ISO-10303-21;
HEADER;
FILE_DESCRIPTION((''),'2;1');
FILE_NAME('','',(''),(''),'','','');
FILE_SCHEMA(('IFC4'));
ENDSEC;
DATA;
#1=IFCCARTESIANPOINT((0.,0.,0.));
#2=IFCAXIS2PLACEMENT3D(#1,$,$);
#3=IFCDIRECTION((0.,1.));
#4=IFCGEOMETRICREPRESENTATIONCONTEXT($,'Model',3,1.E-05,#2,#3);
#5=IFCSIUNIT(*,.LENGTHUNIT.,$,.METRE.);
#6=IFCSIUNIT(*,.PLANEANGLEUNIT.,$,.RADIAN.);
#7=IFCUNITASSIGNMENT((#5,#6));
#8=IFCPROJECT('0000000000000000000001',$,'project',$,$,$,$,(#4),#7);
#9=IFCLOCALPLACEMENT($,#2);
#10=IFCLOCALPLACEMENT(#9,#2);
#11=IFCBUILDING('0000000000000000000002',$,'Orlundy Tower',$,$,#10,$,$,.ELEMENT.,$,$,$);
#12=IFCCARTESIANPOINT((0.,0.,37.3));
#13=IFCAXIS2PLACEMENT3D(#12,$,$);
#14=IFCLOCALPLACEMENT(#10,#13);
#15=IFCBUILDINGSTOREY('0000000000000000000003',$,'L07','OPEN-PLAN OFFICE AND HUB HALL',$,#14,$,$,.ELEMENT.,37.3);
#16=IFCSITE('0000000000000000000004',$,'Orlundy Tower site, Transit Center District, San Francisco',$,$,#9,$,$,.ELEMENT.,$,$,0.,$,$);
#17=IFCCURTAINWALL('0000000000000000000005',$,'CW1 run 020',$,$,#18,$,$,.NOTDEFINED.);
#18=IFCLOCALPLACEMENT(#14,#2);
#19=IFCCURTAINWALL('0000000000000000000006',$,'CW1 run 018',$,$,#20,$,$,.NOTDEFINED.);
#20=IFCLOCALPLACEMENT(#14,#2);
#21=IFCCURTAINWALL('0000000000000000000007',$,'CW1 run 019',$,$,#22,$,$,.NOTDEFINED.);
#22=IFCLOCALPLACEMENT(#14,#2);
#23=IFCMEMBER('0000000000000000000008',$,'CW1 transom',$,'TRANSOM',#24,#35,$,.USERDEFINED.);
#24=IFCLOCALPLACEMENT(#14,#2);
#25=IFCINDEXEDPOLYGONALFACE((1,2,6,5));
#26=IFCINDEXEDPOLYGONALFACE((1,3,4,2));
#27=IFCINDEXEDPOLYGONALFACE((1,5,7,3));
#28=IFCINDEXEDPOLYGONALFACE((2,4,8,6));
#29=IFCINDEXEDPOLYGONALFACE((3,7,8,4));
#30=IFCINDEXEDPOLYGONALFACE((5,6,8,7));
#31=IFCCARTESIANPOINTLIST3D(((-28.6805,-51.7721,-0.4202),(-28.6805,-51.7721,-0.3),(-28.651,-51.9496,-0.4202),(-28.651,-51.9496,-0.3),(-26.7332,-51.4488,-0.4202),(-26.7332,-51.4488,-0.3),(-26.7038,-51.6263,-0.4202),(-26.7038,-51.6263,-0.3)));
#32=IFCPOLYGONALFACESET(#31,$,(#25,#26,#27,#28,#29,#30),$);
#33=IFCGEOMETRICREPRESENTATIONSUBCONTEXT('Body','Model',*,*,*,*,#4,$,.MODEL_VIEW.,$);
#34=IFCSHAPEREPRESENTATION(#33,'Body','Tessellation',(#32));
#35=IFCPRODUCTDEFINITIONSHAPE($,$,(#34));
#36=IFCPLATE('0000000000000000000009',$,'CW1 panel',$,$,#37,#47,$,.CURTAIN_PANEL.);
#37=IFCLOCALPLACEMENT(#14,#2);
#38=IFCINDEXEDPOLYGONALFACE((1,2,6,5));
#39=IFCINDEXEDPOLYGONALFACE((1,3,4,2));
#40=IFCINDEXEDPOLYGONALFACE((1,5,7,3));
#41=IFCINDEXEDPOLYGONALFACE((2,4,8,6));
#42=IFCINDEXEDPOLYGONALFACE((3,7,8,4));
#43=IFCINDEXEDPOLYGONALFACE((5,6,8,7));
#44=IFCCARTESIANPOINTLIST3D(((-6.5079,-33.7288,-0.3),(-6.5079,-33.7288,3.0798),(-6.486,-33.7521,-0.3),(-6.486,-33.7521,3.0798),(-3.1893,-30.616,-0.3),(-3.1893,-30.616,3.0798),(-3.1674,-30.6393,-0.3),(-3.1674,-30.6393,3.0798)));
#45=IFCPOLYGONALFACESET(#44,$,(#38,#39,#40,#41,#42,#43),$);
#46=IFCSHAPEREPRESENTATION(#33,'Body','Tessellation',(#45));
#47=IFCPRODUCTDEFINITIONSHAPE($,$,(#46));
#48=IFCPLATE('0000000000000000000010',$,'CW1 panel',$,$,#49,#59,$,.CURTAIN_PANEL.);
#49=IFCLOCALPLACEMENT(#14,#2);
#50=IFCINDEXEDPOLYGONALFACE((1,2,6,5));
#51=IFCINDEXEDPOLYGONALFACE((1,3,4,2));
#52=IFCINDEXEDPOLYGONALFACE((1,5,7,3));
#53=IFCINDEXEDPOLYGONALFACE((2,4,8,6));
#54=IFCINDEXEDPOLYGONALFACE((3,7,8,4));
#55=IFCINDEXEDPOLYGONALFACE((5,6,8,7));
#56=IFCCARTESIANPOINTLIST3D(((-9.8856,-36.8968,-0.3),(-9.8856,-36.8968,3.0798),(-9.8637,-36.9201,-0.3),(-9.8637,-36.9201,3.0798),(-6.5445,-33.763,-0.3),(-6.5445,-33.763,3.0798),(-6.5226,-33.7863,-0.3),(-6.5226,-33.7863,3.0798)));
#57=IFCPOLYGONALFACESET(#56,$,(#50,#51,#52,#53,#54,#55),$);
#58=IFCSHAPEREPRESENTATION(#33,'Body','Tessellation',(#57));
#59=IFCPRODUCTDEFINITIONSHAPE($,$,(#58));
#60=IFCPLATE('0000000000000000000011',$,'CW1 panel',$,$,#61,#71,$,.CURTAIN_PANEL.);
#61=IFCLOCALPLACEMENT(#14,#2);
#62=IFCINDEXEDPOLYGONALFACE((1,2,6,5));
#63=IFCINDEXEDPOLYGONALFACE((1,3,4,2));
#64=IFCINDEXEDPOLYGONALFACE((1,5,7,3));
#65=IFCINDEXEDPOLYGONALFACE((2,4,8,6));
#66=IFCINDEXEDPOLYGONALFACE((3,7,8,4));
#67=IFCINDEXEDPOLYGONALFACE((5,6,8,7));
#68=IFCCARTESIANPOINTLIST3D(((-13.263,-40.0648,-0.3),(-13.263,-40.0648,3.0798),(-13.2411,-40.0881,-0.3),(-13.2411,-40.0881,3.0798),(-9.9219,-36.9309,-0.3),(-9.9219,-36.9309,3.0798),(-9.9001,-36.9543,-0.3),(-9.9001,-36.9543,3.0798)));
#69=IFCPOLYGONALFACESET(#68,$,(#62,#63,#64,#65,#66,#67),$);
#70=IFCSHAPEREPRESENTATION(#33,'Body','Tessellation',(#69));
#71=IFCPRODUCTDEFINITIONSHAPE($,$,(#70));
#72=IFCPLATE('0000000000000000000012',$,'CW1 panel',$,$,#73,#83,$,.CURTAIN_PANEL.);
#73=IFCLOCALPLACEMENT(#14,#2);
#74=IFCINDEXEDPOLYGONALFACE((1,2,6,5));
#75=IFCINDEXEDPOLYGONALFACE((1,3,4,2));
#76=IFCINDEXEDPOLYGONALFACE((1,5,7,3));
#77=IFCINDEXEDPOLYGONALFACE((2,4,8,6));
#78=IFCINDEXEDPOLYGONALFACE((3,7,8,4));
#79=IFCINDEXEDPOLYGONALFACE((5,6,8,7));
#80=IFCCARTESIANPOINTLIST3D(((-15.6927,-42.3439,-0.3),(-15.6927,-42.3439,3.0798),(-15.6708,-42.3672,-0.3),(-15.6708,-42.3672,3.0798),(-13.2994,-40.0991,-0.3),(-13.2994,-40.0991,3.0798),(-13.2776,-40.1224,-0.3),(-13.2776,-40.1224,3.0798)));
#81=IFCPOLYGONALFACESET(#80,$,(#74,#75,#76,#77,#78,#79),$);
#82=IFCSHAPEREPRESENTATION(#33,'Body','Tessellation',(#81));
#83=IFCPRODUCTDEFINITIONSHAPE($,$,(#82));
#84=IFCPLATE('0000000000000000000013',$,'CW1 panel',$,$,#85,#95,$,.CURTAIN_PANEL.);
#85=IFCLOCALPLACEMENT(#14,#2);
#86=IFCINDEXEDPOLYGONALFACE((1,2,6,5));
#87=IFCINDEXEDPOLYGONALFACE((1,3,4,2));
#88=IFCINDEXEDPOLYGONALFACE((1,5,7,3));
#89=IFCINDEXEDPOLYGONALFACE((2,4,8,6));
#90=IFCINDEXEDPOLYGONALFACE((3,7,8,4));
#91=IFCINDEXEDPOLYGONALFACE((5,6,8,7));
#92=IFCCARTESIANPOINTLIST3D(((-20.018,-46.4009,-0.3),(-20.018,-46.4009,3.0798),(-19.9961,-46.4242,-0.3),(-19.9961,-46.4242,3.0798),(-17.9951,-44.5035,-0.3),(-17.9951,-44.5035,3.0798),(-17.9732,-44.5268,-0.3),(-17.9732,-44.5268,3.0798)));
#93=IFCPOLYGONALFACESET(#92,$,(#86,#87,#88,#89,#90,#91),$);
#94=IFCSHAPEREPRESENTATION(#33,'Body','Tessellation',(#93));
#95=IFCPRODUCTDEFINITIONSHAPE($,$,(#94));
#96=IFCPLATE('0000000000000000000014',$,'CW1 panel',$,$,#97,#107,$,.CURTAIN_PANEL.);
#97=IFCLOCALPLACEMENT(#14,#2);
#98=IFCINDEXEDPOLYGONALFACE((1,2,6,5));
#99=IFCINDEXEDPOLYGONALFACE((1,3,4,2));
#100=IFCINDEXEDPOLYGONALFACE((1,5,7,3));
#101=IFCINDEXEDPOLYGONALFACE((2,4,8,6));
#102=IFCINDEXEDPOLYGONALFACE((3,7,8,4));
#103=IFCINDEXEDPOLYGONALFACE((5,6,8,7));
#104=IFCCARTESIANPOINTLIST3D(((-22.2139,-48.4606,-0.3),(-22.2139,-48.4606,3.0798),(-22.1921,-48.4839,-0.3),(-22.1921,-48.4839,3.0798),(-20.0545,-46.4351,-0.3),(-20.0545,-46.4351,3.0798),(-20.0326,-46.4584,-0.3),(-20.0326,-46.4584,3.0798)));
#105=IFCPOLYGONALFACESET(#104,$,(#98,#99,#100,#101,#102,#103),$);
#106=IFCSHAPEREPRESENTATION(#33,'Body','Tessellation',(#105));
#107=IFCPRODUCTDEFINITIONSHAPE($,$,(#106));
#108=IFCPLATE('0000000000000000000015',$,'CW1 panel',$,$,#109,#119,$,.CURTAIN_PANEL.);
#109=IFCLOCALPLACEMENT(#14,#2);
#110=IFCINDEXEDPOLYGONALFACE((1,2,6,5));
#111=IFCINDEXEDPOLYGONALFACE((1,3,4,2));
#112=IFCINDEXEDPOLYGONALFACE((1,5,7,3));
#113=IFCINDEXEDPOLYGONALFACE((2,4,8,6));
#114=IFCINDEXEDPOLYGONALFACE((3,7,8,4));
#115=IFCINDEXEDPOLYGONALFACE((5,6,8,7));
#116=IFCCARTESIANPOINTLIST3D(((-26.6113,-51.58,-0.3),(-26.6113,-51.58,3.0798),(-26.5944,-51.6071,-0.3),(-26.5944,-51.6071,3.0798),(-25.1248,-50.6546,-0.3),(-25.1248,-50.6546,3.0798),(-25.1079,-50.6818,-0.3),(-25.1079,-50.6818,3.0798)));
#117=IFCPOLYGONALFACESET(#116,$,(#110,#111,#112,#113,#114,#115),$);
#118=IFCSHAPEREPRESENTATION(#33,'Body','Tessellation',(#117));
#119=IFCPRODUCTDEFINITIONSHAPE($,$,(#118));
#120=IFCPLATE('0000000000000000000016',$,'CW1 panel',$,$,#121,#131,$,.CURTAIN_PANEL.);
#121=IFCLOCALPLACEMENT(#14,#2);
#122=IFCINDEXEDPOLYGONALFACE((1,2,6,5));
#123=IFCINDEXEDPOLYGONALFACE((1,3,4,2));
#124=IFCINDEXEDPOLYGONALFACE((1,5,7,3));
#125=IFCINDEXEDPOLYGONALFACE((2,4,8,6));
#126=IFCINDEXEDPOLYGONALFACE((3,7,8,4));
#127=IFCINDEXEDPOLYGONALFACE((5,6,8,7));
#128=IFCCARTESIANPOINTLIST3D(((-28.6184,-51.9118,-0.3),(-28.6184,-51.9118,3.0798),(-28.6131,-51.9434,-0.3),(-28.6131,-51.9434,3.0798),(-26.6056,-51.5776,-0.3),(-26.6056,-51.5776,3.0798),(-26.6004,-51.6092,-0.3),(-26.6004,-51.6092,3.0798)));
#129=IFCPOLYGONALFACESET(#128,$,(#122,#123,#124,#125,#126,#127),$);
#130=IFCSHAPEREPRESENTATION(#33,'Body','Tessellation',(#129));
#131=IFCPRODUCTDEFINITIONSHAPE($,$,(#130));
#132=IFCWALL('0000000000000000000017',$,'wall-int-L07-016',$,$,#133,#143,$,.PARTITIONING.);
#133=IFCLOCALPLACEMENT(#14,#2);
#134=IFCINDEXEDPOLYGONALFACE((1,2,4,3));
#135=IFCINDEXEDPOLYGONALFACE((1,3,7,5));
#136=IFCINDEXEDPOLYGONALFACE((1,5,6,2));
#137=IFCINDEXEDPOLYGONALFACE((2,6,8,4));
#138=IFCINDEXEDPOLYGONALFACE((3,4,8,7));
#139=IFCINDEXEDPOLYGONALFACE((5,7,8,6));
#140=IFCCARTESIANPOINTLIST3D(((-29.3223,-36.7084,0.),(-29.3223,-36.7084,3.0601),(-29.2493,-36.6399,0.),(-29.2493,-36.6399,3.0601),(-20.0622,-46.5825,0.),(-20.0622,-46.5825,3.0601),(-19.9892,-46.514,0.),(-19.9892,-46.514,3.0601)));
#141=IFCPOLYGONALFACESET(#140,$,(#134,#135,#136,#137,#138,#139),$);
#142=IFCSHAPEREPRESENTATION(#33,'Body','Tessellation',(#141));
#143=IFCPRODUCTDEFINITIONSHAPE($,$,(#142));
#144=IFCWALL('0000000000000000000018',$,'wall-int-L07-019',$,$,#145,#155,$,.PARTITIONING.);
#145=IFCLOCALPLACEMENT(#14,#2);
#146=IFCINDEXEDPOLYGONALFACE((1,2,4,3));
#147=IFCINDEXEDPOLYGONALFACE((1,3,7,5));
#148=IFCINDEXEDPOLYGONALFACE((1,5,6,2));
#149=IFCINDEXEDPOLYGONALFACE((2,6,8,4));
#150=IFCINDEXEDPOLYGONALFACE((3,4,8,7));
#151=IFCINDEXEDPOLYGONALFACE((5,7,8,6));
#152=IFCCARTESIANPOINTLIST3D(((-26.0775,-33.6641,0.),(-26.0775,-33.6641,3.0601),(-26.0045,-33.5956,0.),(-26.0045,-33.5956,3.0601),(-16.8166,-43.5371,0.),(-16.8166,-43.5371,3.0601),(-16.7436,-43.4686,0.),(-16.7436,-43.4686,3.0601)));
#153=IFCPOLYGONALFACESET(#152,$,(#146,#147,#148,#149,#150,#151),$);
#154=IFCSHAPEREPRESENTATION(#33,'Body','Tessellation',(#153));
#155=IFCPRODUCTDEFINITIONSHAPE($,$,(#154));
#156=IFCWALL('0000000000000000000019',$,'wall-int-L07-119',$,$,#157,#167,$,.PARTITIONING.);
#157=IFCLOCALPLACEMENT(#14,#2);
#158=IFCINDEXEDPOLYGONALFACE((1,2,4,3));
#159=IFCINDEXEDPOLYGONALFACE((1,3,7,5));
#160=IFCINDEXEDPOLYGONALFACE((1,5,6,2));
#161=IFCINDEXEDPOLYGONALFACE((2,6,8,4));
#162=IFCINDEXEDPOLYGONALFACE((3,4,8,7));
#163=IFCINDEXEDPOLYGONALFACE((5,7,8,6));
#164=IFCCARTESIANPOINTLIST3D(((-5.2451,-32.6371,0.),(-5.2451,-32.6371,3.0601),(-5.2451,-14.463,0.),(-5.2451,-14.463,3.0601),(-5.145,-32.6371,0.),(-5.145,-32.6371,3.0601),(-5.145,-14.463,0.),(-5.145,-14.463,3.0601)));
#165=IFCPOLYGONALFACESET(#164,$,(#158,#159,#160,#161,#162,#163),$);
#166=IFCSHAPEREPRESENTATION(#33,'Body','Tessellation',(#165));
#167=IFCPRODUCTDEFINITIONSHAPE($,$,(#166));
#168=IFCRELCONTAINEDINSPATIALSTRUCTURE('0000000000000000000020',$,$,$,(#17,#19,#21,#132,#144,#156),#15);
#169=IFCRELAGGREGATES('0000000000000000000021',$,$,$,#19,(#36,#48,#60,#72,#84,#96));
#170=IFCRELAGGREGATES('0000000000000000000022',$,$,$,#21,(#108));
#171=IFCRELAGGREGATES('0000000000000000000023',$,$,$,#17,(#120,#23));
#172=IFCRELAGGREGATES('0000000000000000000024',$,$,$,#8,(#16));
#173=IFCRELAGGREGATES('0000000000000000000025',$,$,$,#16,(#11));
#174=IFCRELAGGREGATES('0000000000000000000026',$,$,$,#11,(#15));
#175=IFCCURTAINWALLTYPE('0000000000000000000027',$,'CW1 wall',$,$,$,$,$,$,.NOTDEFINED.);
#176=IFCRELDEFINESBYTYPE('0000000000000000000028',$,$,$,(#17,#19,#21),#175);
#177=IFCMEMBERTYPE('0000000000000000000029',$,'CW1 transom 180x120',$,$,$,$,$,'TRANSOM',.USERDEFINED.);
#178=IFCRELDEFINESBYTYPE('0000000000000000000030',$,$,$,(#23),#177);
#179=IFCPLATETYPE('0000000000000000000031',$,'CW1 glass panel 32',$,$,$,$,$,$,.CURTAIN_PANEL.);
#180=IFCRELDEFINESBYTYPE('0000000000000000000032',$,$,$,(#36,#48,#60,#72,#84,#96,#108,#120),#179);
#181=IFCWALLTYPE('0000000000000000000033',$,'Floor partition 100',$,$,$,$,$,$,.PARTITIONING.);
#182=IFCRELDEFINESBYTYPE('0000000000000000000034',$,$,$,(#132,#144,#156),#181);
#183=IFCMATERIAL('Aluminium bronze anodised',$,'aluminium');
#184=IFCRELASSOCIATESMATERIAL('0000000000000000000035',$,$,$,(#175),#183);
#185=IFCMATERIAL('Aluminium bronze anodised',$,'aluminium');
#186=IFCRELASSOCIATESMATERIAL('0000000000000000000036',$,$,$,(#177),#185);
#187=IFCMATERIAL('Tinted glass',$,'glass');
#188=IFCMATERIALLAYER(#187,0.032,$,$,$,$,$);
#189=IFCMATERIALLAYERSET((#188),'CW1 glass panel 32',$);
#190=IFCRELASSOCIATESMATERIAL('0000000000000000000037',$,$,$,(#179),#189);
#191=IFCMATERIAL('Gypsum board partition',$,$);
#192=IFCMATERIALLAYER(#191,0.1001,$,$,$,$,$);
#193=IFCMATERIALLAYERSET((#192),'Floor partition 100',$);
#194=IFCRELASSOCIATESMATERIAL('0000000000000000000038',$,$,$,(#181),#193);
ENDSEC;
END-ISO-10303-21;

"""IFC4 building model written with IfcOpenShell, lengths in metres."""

from ifc_helpers import new_model, si_unit, direction, frame, frame_2d, origin, origin_2d, place, context, subcontext, project, spatial, rectangle, extrude, material, layer, layer_set, material_profile, profile_set, type_object, element, aggregate, save


model = new_model("IFC4")

# Units and contexts
model_context = context("Model", 3, precision=1e-05, world=origin(), true_north=direction((0.0, 1.0)))
body_context = subcontext(model_context, "Body", "Model", "MODEL_VIEW")
ifc_project = project(units=[si_unit("LENGTHUNIT", "METRE"), si_unit("PLANEANGLEUNIT", "RADIAN")], contexts=[model_context])

# Site, building, storey
site_placement = place(None, origin())
site = spatial("IfcSite", under=ifc_project, at=site_placement, Name="Orlundy Tower site, Transit Center District, San Francisco", CompositionType="ELEMENT", RefElevation=0.0)
building_placement = place(site_placement, origin())
building = spatial("IfcBuilding", under=site, at=building_placement, Name="Orlundy Tower", CompositionType="ELEMENT")
storey_placement = place(building_placement, frame((0.0, 0.0, 37.3)))
storey = spatial("IfcBuildingStorey", under=building, at=storey_placement, Name="L07", Description="OPEN-PLAN OFFICE AND HUB HALL", CompositionType="ELEMENT", Elevation=37.3)

# Curtain wall
ifc_material_1 = material(Name="Aluminium bronze anodised", Category="aluminium")
curtain_wall_type = type_object("IfcCurtainWallType", Name="CW1 wall", PredefinedType="NOTDEFINED", material=ifc_material_1)
curtain_wall_1_placement = place(storey_placement, origin())
curtain_wall_1 = element("IfcCurtainWall", 1, at=curtain_wall_1_placement, inside=storey, type_object=curtain_wall_type, Name="CW1 run 020", PredefinedType="NOTDEFINED")

# Curtain wall
curtain_wall_2_placement = place(storey_placement, origin())
curtain_wall_2 = element("IfcCurtainWall", 2, at=curtain_wall_2_placement, inside=storey, type_object=curtain_wall_type, Name="CW1 run 018", PredefinedType="NOTDEFINED")
ifc_material_2 = material(Name="Aluminium bronze anodised", Category="aluminium")
ifc_material_profile_1 = material_profile(ifc_material_2, rectangle(XDim=0.1799, YDim=0.1201, at=origin_2d()), Name="CW1 transom 180x120")
ifc_profile_set_1 = profile_set([ifc_material_profile_1], Name="Aluminium bronze anodised")
member_type_1 = type_object("IfcMemberType", Name="CW1 transom 180x120", ElementType="TRANSOM", PredefinedType="USERDEFINED", material=ifc_profile_set_1)

# Curtain wall
curtain_wall_3_placement = place(storey_placement, origin())
curtain_wall_3 = element("IfcCurtainWall", 3, at=curtain_wall_3_placement, inside=storey, type_object=curtain_wall_type, Name="CW1 run 019", PredefinedType="NOTDEFINED")

# Member
member_1_placement = place(storey_placement, frame((-26.7185, -51.5376, -0.3601), z_axis=(-0.986501, -0.163757, 0.0), x_axis=(0.163757, -0.986501, 0.0)))
member_1 = element("IfcMember", 4, at=member_1_placement, type_object=member_type_1, Name="CW1 transom", ObjectType="TRANSOM", PredefinedType="USERDEFINED", context=body_context, shape_type="SweptSolid", body=[
    extrude(rectangle(XDim=0.1799, YDim=0.1201, at=origin_2d()), origin(), (0.0, 0.0, 1.0), 1.9739),
])

# Plates
ifc_material_3 = material(Name="Tinted glass", Category="glass")
ifc_layer_1 = layer(ifc_material_3, 0.032)
ifc_layer_set_1 = layer_set([ifc_layer_1], Name="CW1 glass panel 32")
plate_type = type_object("IfcPlateType", Name="CW1 glass panel 32", PredefinedType="CURTAIN_PANEL", material=ifc_layer_set_1)
plate_1_placement = place(storey_placement, frame((-4.8376, -32.1841, -0.3), z_axis=(0.0, 0.0, 1.0), x_axis=(-0.729365, -0.684124, 0.0)))
plate_1 = element("IfcPlate", 5, at=plate_1_placement, type_object=plate_type, Name="CW1 panel", PredefinedType="CURTAIN_PANEL", context=body_context, shape_type="SweptSolid", body=[
    extrude(rectangle(XDim=4.55, YDim=0.032, at=origin_2d()), origin(), (0.0, 0.0, 1.0), 3.3799),
])
plate_2_placement = place(storey_placement, frame((-8.2041, -35.3416, -0.3), z_axis=(0.0, 0.0, 1.0), x_axis=(-0.729365, -0.684124, 0.0)))
plate_2 = element("IfcPlate", 6, at=plate_2_placement, type_object=plate_type, Name="CW1 panel", PredefinedType="CURTAIN_PANEL", context=body_context, shape_type="SweptSolid", body=[
    extrude(rectangle(XDim=4.5808, YDim=0.032, at=origin_2d()), origin(), (0.0, 0.0, 1.0), 3.3799),
])
plate_3_placement = place(storey_placement, frame((-11.5815, -38.5095, -0.3), z_axis=(0.0, 0.0, 1.0), x_axis=(-0.729365, -0.684124, 0.0)))
plate_3 = element("IfcPlate", 7, at=plate_3_placement, type_object=plate_type, Name="CW1 panel", PredefinedType="CURTAIN_PANEL", context=body_context, shape_type="SweptSolid", body=[
    extrude(rectangle(XDim=4.5808, YDim=0.032, at=origin_2d()), origin(), (0.0, 0.0, 1.0), 3.3799),
])
plate_4_placement = place(storey_placement, frame((-14.4851, -41.2332, -0.3), z_axis=(0.0, 0.0, 1.0), x_axis=(-0.729365, -0.684124, 0.0)))
plate_4 = element("IfcPlate", 8, at=plate_4_placement, type_object=plate_type, Name="CW1 panel", PredefinedType="CURTAIN_PANEL", context=body_context, shape_type="SweptSolid", body=[
    extrude(rectangle(XDim=3.2812, YDim=0.032, at=origin_2d()), origin(), (0.0, 0.0, 1.0), 3.3799),
])
plate_5_placement = place(storey_placement, frame((-18.9956, -45.4639, -0.3), z_axis=(0.0, 0.0, 1.0), x_axis=(-0.729365, -0.684124, 0.0)))
plate_5 = element("IfcPlate", 9, at=plate_5_placement, type_object=plate_type, Name="CW1 panel", PredefinedType="CURTAIN_PANEL", context=body_context, shape_type="SweptSolid", body=[
    extrude(rectangle(XDim=2.7734, YDim=0.032, at=origin_2d()), origin(), (0.0, 0.0, 1.0), 3.3799),
])
plate_6_placement = place(storey_placement, frame((-21.1233, -47.4595, -0.3), z_axis=(0.0, 0.0, 1.0), x_axis=(-0.729365, -0.684124, 0.0)))
plate_6 = element("IfcPlate", 10, at=plate_6_placement, type_object=plate_type, Name="CW1 panel", PredefinedType="CURTAIN_PANEL", context=body_context, shape_type="SweptSolid", body=[
    extrude(rectangle(XDim=2.9607, YDim=0.032, at=origin_2d()), origin(), (0.0, 0.0, 1.0), 3.3799),
])
aggregate(curtain_wall_2, [plate_1, plate_2, plate_3, plate_4, plate_5, plate_6])
plate_7_placement = place(storey_placement, frame((-25.8596, -51.1309, -0.3), z_axis=(0.0, 0.0, 1.0), x_axis=(-0.848952, -0.52847, 0.0)))
plate_7 = element("IfcPlate", 11, at=plate_7_placement, type_object=plate_type, Name="CW1 panel", PredefinedType="CURTAIN_PANEL", context=body_context, shape_type="SweptSolid", body=[
    extrude(rectangle(XDim=1.751, YDim=0.032, at=origin_2d()), origin(), (0.0, 0.0, 1.0), 3.3799),
])
aggregate(curtain_wall_3, [plate_7])
plate_8_placement = place(storey_placement, frame((-27.6094, -51.7605, -0.3), z_axis=(0.0, 0.0, 1.0), x_axis=(-0.986496, -0.163786, 0.0)))
plate_8 = element("IfcPlate", 12, at=plate_8_placement, type_object=plate_type, Name="CW1 panel", PredefinedType="CURTAIN_PANEL", context=body_context, shape_type="SweptSolid", body=[
    extrude(rectangle(XDim=2.0403, YDim=0.032, at=origin_2d()), origin(), (0.0, 0.0, 1.0), 3.3799),
])
aggregate(curtain_wall_1, [plate_8, member_1])

# Walls
ifc_material_4 = material(Name="Gypsum board partition")
ifc_layer_2 = layer(ifc_material_4, 0.1001)
ifc_layer_set_2 = layer_set([ifc_layer_2], Name="Floor partition 100")
wall_type = type_object("IfcWallType", Name="Floor partition 100", PredefinedType="PARTITIONING", material=ifc_layer_set_2)
wall_1_placement = place(storey_placement, frame((-29.2859, -36.6741, 0.0), z_axis=(0.0, 0.0, 1.0), x_axis=(0.684064, -0.729422, 0.0)))
element("IfcWall", 13, at=wall_1_placement, inside=storey, type_object=wall_type, Name="wall-int-L07-016", PredefinedType="PARTITIONING", context=body_context, shape_type="SweptSolid", body=[
    extrude(rectangle(XDim=13.5369, YDim=0.1001, at=frame_2d((6.7686, 0.0))), origin(), (0.0, 0.0, 1.0), 3.0601),
])
wall_2_placement = place(storey_placement, frame((-26.041, -33.6299, 0.0), z_axis=(0.0, 0.0, 1.0), x_axis=(0.684138, -0.729353, 0.0)))
element("IfcWall", 14, at=wall_2_placement, inside=storey, type_object=wall_type, Name="wall-int-L07-019", PredefinedType="PARTITIONING", context=body_context, shape_type="SweptSolid", body=[
    extrude(rectangle(XDim=13.5366, YDim=0.1001, at=frame_2d((6.7683, 0.0))), origin(), (0.0, 0.0, 1.0), 3.0601),
])
wall_3_placement = place(storey_placement, frame((-5.1951, -32.637, 0.0), z_axis=(0.0, 0.0, 1.0), x_axis=(0.0, 1.0, 0.0)))
element("IfcWall", 15, at=wall_3_placement, inside=storey, type_object=wall_type, Name="wall-int-L07-119", PredefinedType="PARTITIONING", context=body_context, shape_type="SweptSolid", body=[
    extrude(rectangle(XDim=18.1741, YDim=0.1001, at=frame_2d((9.0869, 0.0))), origin(), (0.0, 0.0, 1.0), 3.0601),
])

save(model, "model.ifc")
